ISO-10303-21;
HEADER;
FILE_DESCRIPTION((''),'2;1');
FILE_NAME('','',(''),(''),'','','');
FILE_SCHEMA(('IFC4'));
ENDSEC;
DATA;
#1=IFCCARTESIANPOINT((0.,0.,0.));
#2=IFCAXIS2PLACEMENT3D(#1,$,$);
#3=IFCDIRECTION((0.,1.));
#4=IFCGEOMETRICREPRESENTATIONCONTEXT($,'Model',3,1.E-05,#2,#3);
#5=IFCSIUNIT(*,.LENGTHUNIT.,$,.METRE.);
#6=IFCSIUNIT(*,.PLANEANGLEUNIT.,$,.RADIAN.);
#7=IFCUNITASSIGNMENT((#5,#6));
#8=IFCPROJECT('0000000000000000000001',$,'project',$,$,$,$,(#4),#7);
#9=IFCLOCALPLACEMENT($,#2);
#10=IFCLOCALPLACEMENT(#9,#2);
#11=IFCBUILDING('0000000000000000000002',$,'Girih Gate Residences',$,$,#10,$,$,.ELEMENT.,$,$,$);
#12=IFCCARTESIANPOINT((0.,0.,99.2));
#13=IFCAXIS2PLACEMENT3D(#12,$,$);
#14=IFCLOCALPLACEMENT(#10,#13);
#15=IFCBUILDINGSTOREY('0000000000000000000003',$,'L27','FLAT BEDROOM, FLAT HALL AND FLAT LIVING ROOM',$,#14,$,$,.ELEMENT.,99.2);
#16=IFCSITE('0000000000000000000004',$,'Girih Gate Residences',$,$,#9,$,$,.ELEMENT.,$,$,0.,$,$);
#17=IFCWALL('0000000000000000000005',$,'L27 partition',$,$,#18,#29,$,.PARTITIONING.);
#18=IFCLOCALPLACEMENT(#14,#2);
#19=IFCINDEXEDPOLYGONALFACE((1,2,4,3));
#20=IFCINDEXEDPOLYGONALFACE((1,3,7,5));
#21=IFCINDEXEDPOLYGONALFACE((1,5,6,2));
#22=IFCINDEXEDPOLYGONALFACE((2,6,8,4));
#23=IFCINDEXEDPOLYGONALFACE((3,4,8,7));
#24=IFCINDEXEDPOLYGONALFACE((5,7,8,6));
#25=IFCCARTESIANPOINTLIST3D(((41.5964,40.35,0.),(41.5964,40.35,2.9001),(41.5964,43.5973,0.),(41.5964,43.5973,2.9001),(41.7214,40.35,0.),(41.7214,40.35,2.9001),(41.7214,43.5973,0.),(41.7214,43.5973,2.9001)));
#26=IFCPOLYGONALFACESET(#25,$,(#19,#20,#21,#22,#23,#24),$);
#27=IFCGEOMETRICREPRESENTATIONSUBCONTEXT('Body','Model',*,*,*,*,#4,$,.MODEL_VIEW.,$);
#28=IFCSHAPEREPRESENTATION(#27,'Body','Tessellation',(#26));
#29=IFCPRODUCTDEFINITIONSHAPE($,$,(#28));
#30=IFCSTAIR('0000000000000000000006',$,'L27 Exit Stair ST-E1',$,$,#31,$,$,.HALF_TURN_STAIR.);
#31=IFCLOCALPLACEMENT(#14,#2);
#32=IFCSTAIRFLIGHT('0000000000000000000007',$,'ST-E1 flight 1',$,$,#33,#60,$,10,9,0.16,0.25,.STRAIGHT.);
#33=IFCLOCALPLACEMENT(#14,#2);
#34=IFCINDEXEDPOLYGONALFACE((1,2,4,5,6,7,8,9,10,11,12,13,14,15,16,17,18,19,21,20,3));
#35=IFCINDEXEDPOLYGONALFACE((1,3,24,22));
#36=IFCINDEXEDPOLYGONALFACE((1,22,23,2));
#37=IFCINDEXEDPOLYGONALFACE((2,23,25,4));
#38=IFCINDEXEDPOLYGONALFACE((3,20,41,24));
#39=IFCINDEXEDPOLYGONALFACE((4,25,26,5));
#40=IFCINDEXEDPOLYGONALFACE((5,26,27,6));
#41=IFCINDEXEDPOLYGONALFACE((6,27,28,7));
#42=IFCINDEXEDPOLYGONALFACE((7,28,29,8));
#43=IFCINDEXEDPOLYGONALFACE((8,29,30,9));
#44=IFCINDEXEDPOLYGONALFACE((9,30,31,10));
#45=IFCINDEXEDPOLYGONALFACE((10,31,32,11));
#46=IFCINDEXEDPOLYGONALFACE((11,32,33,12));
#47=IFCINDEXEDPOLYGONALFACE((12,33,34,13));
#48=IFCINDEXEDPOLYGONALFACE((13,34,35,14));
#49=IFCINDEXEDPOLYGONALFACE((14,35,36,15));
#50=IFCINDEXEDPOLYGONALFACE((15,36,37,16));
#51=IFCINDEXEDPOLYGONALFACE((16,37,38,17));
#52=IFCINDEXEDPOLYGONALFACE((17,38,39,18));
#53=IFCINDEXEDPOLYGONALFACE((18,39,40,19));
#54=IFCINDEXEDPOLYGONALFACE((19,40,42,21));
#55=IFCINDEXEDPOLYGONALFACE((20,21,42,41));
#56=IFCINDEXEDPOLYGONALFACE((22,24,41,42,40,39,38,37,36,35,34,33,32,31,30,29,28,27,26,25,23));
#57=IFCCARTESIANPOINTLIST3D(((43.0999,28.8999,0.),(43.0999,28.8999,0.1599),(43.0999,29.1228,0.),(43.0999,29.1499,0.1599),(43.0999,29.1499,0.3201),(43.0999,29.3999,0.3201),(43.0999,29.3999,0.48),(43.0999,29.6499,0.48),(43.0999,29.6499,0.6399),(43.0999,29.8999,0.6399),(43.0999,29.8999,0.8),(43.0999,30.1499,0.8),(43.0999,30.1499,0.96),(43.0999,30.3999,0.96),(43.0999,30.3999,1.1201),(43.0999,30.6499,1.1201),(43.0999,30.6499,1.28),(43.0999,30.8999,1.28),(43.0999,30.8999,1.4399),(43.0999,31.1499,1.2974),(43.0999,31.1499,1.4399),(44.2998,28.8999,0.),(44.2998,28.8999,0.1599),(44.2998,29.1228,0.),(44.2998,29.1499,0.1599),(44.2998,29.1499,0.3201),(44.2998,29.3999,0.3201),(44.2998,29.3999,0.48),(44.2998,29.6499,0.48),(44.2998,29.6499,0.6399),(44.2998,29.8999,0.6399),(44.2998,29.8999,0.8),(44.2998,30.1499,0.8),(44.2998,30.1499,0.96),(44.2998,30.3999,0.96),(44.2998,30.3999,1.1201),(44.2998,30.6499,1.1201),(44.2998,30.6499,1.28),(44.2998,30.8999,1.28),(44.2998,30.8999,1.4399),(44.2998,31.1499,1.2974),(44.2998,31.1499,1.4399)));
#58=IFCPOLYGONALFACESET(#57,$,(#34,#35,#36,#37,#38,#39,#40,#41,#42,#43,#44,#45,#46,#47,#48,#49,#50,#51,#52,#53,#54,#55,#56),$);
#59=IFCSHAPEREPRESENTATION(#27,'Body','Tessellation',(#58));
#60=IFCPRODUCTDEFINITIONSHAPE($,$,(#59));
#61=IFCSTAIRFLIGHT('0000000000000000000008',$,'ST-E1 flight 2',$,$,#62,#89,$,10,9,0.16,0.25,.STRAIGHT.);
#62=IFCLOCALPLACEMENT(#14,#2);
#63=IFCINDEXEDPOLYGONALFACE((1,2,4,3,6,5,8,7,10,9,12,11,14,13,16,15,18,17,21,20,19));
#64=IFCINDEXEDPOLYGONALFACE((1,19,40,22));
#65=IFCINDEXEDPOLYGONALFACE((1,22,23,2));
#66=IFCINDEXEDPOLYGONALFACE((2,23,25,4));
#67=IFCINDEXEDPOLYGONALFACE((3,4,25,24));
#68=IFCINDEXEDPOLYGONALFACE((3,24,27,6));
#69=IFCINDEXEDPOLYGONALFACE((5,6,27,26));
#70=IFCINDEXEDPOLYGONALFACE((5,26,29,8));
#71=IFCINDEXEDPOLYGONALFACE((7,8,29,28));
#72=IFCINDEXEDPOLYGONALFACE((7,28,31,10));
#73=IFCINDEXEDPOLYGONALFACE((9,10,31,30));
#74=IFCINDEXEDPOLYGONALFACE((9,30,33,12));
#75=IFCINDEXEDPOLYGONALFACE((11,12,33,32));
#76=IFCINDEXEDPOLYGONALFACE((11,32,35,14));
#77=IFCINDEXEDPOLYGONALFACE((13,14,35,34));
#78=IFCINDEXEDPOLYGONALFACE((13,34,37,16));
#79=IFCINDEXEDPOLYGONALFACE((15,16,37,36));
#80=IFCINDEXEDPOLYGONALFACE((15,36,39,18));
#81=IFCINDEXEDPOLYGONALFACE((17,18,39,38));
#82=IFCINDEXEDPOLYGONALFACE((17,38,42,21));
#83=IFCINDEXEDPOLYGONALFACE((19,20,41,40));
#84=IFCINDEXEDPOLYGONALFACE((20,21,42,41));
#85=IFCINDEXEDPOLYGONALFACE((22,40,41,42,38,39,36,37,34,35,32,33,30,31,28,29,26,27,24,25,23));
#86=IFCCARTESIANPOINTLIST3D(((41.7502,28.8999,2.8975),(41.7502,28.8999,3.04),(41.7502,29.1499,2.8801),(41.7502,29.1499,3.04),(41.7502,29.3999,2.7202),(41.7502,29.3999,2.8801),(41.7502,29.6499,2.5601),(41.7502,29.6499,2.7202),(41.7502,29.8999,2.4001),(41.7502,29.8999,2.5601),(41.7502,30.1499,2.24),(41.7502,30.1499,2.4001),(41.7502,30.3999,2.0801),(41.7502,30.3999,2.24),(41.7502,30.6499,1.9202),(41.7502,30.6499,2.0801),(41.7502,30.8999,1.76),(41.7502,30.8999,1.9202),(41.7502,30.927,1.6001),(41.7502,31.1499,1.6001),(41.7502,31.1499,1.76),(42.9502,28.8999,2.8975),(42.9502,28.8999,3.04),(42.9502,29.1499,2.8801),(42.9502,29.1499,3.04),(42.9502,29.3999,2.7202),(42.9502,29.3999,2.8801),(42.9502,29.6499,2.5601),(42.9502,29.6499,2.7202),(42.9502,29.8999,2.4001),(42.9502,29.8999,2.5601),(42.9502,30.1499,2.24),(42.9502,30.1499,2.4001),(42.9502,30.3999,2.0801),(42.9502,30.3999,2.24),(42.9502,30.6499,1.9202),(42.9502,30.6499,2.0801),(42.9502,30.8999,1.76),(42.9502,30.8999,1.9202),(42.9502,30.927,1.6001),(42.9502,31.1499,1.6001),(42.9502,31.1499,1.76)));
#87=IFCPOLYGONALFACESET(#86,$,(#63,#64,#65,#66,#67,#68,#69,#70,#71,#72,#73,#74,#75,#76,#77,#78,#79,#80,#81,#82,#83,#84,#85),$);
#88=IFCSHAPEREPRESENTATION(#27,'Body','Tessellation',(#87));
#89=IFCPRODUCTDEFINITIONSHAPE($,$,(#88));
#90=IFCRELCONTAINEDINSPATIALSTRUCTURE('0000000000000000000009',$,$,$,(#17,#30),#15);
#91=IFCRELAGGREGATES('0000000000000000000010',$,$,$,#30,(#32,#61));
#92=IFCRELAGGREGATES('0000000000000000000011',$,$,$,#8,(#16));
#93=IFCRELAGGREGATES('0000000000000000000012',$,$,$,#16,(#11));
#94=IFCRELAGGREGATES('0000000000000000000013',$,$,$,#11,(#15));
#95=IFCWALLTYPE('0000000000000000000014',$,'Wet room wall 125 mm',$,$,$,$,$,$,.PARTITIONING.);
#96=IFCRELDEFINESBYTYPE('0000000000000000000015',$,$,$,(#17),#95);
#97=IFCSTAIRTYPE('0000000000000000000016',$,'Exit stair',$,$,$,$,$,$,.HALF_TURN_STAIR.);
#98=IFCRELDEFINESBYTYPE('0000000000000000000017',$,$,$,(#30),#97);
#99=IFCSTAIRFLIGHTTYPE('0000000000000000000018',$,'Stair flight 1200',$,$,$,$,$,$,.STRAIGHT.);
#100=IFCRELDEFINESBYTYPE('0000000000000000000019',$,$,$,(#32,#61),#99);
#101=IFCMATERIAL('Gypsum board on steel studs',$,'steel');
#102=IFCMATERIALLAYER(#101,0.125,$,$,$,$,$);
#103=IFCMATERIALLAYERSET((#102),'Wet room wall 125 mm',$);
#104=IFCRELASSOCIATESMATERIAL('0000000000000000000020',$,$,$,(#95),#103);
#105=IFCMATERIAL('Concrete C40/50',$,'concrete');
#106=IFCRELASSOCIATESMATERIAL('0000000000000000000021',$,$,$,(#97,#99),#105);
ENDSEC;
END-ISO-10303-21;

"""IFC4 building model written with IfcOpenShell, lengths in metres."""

from ifc_helpers import new_model, si_unit, direction, frame, frame_2d, origin, place, context, subcontext, project, spatial, polyline, rectangle, outline, extrude, material, layer, layer_set, type_object, element, aggregate, save


model = new_model("IFC4")

# Units and contexts
model_context = context("Model", 3, precision=1e-05, world=origin(), true_north=direction((0.0, 1.0)))
body_context = subcontext(model_context, "Body", "Model", "MODEL_VIEW")
ifc_project = project(units=[si_unit("LENGTHUNIT", "METRE"), si_unit("PLANEANGLEUNIT", "RADIAN")], contexts=[model_context])

# Site, building, storey
site_placement = place(None, origin())
site = spatial("IfcSite", under=ifc_project, at=site_placement, Name="Girih Gate Residences", CompositionType="ELEMENT", RefElevation=0.0)
building_placement = place(site_placement, origin())
building = spatial("IfcBuilding", under=site, at=building_placement, Name="Girih Gate Residences", CompositionType="ELEMENT")
storey_placement = place(building_placement, frame((0.0, 0.0, 99.2)))
storey = spatial("IfcBuildingStorey", under=building, at=storey_placement, Name="L27", Description="FLAT BEDROOM, FLAT HALL AND FLAT LIVING ROOM", CompositionType="ELEMENT", Elevation=99.2)

# Shared definitions
ifc_material_1 = material(Name="Gypsum board on steel studs", Category="steel")

# Shared definitions
ifc_material_2 = material(Name="Concrete C40/50", Category="concrete")

# Wall
ifc_layer_1 = layer(ifc_material_1, 0.125)
ifc_layer_set_1 = layer_set([ifc_layer_1], Name="Wet room wall 125 mm")
wall_type_1 = type_object("IfcWallType", Name="Wet room wall 125 mm", PredefinedType="PARTITIONING", material=ifc_layer_set_1)
wall_1_placement = place(storey_placement, frame((41.6589, 40.3501, 0.0), z_axis=(0.0, 0.0, 1.0), x_axis=(0.0, 1.0, 0.0)))
element("IfcWall", 1, at=wall_1_placement, inside=storey, type_object=wall_type_1, Name="L27 partition", PredefinedType="PARTITIONING", context=body_context, shape_type="SweptSolid", body=[
    extrude(rectangle(XDim=3.2473, YDim=0.125, at=frame_2d((1.6235, 0.0))), origin(), (0.0, 0.0, 1.0), 2.9001),
])

# Stair, stair flights
stair_type = type_object("IfcStairType", Name="Exit stair", PredefinedType="HALF_TURN_STAIR", material=ifc_material_2)
stair_placement = place(storey_placement, origin())
stair = element("IfcStair", 2, at=stair_placement, inside=storey, type_object=stair_type, Name="L27 Exit Stair ST-E1", PredefinedType="HALF_TURN_STAIR")
stair_flight_type = type_object("IfcStairFlightType", Name="Stair flight 1200", PredefinedType="STRAIGHT", material=ifc_material_2)
stair_flight_1_placement = place(storey_placement, frame((43.7, 28.8999, 0.0), z_axis=(0.0, 0.0, 1.0), x_axis=(0.0, 1.0, 0.0)))
stair_flight_1 = element("IfcStairFlight", 3, at=stair_flight_1_placement, type_object=stair_flight_type, Name="ST-E1 flight 1", NumberOfRisers=10, NumberOfTreads=9, PredefinedType="STRAIGHT", RiserHeight=0.16, TreadLength=0.25, context=body_context, shape_type="SweptSolid", body=[
    extrude(outline(polyline([(0.0, 0.0), (0.0, 0.1599), (0.25, 0.1599), (0.25, 0.3201), (0.5, 0.3201), (0.5, 0.48), (0.75, 0.48), (0.75, 0.6399), (1.0, 0.6399), (1.0, 0.8), (1.25, 0.8), (1.25, 0.96), (1.5, 0.96), (1.5, 1.1201), (1.75, 1.1201), (1.75, 1.28), (2.0, 1.28), (2.0, 1.4399), (2.25, 1.4399), (2.25, 1.6001), (2.25, 1.2974), (0.2229, 0.0), (0.0, 0.0)])), frame((0.0, 0.6001, 0.0), z_axis=(0.0, -1.0, 0.0), x_axis=(1.0, 0.0, 0.0)), (0.0, 0.0, 1.0), 1.2),
])
stair_flight_2_placement = place(storey_placement, frame((42.3501, 31.1499, 1.6001), z_axis=(0.0, 0.0, 1.0), x_axis=(0.0, -1.0, 0.0)))
stair_flight_2 = element("IfcStairFlight", 4, at=stair_flight_2_placement, type_object=stair_flight_type, Name="ST-E1 flight 2", NumberOfRisers=10, NumberOfTreads=9, PredefinedType="STRAIGHT", RiserHeight=0.16, TreadLength=0.25, context=body_context, shape_type="SweptSolid", body=[
    extrude(outline(polyline([(0.0, 0.0), (0.0, 0.1599), (0.25, 0.1599), (0.25, 0.3201), (0.5, 0.3201), (0.5, 0.48), (0.75, 0.48), (0.75, 0.6399), (1.0, 0.6399), (1.0, 0.8), (1.25, 0.8), (1.25, 0.96), (1.5, 0.96), (1.5, 1.1201), (1.75, 1.1201), (1.75, 1.28), (2.0, 1.28), (2.0, 1.4399), (2.25, 1.4399), (2.25, 1.6001), (2.25, 1.2974), (0.2229, 0.0), (0.0, 0.0)])), frame((0.0, 0.6001, 0.0), z_axis=(0.0, -1.0, 0.0), x_axis=(1.0, 0.0, 0.0)), (0.0, 0.0, 1.0), 1.2),
])
aggregate(stair, [stair_flight_1, stair_flight_2])

save(model, "model.ifc")
